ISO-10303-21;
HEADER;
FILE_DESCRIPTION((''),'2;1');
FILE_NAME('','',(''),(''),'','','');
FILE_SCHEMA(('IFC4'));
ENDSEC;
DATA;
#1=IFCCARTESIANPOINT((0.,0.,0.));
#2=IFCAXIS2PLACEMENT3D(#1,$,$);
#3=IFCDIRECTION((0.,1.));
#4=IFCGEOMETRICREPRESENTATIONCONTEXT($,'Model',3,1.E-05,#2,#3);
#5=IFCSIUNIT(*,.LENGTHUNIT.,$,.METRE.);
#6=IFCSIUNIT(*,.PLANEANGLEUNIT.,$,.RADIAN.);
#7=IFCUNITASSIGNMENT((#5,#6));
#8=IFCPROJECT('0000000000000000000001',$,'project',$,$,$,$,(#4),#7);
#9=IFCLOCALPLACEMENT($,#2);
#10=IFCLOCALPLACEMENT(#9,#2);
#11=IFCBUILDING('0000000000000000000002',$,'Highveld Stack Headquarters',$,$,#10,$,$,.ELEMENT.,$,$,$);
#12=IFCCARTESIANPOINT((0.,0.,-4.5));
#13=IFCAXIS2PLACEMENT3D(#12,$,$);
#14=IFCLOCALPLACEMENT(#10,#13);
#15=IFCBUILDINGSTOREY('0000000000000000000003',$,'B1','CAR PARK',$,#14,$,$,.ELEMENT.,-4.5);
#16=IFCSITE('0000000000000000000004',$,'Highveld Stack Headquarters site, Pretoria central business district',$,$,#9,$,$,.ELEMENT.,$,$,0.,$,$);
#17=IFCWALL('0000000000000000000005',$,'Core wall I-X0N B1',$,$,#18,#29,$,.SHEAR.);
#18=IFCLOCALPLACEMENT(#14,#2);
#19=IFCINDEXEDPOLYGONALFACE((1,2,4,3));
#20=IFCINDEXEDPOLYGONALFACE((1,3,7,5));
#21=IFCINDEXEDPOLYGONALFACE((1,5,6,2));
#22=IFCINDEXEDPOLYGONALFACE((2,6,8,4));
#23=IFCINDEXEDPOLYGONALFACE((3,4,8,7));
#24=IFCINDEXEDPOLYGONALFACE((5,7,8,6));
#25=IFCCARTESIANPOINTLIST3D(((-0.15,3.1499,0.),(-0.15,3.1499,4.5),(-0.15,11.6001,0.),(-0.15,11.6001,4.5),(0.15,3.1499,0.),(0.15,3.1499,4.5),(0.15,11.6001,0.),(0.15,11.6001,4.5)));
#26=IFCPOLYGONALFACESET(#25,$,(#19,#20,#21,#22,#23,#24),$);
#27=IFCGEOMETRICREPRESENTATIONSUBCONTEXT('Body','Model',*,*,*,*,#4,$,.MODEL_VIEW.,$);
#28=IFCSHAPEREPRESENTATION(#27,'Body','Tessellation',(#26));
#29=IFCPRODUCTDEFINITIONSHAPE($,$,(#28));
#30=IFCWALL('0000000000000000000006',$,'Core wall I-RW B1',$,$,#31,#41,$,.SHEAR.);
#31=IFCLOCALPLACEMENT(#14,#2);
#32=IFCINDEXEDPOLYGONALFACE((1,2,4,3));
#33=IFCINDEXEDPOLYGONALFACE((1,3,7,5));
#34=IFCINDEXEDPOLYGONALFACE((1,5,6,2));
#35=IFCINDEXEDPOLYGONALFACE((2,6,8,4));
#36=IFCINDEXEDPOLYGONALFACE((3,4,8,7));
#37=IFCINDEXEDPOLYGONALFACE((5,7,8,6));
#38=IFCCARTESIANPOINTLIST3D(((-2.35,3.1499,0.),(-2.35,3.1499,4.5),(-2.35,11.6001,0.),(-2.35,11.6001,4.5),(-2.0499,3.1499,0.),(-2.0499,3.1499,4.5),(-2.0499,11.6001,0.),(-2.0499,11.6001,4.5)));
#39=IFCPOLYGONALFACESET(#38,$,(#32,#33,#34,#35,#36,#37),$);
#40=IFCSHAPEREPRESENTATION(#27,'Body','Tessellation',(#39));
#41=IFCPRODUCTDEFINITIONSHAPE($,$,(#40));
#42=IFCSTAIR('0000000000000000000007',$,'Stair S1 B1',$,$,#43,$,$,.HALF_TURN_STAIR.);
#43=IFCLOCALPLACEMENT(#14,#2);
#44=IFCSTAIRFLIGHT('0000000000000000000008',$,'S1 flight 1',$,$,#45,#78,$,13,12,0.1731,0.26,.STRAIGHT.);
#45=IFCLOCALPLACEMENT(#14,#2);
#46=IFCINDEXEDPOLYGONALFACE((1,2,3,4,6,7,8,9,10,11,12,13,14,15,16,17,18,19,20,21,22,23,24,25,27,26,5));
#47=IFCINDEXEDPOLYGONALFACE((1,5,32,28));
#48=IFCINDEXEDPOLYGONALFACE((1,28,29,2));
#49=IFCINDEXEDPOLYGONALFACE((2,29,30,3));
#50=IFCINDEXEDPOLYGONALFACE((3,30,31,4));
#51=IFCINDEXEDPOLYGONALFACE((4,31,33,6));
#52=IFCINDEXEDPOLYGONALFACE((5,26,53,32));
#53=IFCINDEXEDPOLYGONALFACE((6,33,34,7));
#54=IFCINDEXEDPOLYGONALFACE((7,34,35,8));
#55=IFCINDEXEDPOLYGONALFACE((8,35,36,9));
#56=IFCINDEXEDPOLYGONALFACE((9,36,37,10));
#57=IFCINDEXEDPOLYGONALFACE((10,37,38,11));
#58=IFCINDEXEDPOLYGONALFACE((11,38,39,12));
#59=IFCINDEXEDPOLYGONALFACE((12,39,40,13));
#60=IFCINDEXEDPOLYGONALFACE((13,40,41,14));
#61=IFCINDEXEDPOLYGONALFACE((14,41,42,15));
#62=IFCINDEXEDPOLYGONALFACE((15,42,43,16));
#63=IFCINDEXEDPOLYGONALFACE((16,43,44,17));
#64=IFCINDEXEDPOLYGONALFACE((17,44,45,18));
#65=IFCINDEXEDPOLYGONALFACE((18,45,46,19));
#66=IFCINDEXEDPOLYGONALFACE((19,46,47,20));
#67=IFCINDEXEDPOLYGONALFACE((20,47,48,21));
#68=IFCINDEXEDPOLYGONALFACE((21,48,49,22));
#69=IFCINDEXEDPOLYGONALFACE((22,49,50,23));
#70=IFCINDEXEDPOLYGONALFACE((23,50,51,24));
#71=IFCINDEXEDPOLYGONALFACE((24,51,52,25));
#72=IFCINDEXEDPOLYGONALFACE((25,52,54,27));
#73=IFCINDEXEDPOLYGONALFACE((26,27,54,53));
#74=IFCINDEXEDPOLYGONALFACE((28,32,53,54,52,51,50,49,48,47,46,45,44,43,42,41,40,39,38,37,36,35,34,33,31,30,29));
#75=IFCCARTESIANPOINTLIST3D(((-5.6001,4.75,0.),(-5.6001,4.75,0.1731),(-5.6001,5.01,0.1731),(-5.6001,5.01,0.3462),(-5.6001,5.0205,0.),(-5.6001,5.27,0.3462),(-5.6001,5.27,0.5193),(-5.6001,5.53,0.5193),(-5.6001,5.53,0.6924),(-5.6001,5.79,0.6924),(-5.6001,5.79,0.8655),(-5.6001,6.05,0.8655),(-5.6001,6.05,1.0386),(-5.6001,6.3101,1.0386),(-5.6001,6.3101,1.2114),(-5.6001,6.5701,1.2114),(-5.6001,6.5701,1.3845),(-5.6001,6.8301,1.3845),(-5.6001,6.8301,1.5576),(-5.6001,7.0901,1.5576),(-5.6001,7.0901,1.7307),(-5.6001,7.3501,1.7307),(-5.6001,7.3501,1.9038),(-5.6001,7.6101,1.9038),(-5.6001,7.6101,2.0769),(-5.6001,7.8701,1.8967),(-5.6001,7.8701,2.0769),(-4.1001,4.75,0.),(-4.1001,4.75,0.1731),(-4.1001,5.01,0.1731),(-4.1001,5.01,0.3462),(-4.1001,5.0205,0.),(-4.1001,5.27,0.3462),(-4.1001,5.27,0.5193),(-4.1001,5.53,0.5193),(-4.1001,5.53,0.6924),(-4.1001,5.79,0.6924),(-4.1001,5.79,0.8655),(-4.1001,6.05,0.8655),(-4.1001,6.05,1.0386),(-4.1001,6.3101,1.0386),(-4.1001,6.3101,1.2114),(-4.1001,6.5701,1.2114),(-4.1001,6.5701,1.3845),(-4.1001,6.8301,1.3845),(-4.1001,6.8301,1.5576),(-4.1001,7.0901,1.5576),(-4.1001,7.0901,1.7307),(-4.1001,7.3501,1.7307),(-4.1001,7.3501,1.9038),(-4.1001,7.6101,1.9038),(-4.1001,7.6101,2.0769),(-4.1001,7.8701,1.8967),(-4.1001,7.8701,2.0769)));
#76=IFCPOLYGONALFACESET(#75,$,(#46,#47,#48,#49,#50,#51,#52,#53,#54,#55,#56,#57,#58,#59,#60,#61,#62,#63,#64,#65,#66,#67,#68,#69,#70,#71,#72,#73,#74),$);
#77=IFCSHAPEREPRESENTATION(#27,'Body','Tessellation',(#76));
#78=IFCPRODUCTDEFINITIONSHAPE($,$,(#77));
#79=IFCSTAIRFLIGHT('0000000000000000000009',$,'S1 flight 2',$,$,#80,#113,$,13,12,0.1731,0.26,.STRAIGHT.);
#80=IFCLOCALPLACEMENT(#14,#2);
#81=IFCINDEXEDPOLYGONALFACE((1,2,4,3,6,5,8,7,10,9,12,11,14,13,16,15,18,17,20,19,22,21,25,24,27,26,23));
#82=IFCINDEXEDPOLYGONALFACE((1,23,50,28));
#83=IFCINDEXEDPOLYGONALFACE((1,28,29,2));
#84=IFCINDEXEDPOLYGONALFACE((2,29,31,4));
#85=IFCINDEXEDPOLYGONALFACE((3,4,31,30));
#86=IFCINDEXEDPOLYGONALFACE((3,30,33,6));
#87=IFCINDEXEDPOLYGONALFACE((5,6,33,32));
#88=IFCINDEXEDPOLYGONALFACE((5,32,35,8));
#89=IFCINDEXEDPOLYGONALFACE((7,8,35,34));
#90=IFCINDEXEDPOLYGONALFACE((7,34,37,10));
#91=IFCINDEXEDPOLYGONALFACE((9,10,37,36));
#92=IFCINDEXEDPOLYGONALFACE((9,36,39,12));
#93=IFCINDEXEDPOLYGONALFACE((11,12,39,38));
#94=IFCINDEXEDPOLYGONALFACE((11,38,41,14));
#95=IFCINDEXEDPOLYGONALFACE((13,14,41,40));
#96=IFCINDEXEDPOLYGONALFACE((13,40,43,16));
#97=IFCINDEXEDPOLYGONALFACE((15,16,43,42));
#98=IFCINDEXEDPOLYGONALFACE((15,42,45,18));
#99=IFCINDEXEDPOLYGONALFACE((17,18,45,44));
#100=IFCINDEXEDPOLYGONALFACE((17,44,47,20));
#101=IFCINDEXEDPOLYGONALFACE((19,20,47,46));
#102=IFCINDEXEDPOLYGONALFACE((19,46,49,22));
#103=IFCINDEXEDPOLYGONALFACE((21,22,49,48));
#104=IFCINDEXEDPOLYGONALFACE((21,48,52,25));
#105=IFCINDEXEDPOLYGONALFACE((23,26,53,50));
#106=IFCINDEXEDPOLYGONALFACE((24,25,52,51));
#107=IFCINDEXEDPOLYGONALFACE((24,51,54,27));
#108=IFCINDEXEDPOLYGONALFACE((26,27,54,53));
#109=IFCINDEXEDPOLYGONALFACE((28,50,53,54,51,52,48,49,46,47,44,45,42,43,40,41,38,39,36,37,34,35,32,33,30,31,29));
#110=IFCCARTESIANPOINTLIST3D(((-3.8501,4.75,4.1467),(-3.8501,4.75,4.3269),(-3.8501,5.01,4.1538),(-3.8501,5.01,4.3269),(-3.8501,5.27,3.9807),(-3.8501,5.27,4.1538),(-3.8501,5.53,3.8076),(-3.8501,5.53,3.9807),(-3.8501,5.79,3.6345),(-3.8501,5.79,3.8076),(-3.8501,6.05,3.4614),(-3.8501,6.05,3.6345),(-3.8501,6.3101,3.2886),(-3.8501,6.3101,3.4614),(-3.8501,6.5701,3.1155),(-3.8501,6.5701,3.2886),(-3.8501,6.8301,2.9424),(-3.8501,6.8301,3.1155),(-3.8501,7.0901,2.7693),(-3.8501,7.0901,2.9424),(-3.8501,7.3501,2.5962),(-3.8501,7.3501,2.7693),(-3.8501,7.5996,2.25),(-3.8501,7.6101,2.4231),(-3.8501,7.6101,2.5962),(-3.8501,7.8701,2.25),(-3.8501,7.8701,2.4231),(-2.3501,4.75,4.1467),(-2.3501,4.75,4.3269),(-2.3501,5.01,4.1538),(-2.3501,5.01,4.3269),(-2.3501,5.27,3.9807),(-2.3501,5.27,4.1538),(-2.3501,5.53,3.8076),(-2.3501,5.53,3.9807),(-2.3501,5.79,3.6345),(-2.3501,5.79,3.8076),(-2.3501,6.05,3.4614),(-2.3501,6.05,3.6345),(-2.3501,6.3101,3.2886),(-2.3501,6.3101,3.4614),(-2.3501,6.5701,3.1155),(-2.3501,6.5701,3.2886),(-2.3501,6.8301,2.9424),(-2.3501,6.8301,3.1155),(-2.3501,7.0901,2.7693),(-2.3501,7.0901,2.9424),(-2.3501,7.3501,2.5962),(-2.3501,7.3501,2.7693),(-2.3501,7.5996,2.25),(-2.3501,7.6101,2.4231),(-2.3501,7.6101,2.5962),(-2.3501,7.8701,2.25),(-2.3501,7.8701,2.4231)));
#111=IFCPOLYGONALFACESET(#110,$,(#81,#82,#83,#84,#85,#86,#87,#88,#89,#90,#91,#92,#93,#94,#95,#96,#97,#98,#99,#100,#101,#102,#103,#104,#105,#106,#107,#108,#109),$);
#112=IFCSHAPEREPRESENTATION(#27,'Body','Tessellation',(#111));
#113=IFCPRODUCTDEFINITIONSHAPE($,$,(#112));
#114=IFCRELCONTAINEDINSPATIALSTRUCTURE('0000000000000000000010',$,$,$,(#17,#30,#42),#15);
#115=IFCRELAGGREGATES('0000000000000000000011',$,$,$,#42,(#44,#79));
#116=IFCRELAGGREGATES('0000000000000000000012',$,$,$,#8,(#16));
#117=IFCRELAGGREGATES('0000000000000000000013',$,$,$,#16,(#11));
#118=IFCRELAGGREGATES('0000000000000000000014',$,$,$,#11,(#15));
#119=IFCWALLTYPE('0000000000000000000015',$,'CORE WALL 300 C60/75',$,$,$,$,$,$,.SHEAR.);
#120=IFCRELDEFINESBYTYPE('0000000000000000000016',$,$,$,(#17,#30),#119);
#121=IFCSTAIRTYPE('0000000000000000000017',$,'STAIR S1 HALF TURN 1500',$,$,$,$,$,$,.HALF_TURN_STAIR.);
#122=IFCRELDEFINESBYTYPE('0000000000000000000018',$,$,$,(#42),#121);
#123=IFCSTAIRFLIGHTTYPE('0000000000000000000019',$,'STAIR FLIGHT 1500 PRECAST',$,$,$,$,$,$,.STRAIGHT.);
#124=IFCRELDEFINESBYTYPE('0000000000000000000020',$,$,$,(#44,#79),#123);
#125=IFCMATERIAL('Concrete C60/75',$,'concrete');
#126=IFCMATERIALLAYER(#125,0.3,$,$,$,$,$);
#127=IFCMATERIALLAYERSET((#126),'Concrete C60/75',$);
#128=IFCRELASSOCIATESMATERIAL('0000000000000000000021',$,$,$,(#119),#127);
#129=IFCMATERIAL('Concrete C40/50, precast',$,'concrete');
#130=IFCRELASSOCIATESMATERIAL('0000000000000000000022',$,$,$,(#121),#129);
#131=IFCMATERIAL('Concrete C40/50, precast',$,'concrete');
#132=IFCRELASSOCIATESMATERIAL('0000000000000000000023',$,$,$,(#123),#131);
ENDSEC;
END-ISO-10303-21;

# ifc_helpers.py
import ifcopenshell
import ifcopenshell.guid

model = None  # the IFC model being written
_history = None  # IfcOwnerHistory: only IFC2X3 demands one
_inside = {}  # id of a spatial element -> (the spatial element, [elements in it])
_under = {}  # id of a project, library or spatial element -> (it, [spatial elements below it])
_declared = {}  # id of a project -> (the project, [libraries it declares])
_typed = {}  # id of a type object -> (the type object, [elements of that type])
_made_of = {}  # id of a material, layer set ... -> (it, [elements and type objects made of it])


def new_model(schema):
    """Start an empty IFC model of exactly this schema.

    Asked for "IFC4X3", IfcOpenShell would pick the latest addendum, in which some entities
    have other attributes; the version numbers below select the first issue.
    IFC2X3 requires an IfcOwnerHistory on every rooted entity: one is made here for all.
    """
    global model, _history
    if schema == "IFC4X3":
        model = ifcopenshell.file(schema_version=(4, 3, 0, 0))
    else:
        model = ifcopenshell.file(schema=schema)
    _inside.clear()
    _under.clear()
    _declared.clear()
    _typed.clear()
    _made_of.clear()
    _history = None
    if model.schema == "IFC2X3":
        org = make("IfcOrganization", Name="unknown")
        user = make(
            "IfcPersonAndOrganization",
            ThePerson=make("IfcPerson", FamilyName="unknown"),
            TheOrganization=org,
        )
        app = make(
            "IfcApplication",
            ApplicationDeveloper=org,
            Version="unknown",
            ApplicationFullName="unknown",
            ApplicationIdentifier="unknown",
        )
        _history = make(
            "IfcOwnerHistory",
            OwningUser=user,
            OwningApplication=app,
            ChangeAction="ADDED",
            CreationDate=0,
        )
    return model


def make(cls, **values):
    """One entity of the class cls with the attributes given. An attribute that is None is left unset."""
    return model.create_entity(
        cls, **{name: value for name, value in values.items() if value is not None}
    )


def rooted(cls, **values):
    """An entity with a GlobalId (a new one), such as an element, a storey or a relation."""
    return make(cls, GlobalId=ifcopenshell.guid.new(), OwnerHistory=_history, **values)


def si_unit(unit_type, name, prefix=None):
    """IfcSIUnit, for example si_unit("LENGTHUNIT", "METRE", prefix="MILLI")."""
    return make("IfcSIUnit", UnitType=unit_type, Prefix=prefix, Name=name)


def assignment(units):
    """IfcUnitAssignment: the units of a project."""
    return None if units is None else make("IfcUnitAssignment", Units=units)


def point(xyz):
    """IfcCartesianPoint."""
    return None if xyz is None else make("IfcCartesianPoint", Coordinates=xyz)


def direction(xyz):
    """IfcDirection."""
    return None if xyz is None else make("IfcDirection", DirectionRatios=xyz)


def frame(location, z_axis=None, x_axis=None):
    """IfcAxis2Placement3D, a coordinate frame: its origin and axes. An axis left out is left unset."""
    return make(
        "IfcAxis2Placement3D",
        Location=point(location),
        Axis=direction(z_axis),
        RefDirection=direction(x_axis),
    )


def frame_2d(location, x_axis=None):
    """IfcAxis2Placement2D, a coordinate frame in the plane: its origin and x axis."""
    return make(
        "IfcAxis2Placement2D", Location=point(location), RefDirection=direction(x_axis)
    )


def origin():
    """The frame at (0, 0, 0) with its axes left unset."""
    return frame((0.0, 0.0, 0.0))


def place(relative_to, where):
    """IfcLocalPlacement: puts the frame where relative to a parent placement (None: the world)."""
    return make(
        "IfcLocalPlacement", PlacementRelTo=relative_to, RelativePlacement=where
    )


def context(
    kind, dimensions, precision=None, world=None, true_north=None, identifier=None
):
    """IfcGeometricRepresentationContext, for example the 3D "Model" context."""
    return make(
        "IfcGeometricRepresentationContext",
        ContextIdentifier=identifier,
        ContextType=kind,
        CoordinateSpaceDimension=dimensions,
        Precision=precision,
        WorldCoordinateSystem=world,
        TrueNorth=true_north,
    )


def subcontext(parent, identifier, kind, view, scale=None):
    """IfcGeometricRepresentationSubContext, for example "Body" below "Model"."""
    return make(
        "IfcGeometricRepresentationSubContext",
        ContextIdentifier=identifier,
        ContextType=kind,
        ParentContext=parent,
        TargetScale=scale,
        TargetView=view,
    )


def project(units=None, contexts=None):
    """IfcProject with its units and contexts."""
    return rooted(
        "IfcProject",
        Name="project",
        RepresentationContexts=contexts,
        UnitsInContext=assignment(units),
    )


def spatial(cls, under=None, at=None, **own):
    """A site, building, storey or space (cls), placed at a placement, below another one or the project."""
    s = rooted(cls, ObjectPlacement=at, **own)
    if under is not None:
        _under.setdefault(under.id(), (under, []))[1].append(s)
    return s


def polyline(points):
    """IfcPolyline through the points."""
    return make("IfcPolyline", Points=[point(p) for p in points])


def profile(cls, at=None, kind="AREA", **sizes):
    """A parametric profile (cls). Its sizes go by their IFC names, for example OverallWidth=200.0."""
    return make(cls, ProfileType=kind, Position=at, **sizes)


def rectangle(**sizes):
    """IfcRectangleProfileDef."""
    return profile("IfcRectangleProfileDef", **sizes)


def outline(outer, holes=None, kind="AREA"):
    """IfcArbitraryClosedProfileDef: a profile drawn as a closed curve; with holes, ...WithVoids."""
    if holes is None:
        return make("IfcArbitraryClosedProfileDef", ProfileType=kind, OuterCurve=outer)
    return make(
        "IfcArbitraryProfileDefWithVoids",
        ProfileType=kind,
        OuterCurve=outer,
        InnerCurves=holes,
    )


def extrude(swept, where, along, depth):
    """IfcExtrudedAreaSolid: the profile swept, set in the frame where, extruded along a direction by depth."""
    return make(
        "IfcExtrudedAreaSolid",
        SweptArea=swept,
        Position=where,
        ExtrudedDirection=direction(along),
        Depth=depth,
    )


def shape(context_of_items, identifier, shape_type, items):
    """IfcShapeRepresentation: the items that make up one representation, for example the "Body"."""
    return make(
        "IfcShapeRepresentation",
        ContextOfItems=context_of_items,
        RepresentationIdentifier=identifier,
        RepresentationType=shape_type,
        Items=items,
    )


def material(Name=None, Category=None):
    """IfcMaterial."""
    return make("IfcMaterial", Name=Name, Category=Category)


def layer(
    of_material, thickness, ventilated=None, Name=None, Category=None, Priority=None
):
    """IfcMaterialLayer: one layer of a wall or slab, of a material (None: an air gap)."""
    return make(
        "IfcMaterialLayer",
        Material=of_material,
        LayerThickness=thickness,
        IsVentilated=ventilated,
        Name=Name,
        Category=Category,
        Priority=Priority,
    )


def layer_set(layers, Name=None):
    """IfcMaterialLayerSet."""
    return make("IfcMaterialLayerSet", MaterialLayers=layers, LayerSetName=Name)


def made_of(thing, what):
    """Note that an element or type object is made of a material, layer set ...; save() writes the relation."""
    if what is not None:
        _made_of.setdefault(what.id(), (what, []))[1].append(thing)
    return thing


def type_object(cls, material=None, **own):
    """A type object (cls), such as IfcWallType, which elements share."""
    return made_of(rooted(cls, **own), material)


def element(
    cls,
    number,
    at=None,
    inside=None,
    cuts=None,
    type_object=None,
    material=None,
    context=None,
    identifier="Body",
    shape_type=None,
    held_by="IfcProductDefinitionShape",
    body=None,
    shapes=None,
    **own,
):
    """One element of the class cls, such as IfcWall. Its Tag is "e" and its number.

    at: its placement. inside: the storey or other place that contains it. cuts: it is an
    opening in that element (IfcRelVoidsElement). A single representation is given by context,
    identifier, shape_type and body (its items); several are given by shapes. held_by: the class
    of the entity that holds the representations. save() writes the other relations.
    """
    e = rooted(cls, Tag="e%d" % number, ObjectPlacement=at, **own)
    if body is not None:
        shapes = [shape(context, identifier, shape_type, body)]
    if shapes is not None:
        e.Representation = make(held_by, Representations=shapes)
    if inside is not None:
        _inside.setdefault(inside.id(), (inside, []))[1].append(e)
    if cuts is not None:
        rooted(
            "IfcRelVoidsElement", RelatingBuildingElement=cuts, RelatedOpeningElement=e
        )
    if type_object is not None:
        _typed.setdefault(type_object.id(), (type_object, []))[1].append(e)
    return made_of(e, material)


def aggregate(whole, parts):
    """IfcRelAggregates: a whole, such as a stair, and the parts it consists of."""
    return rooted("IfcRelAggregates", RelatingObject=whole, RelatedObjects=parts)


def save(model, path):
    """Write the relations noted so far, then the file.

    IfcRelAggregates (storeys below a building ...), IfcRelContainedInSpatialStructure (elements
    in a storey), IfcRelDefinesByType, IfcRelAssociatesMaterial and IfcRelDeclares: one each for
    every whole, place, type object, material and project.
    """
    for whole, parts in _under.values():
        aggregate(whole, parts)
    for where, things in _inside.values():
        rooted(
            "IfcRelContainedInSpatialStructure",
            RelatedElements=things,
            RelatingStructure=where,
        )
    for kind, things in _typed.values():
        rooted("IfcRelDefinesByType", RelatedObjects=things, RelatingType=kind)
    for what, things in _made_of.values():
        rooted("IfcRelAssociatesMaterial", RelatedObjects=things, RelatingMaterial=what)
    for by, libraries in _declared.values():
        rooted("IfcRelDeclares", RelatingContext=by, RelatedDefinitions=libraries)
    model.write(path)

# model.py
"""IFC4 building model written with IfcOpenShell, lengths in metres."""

from ifc_helpers import new_model, si_unit, direction, frame, frame_2d, origin, place, context, subcontext, project, spatial, polyline, rectangle, outline, extrude, material, layer, layer_set, type_object, element, aggregate, save


model = new_model("IFC4")

# Units and contexts
model_context = context("Model", 3, precision=1e-05, world=origin(), true_north=direction((0.0, 1.0)))
body_context = subcontext(model_context, "Body", "Model", "MODEL_VIEW")
ifc_project = project(units=[si_unit("LENGTHUNIT", "METRE"), si_unit("PLANEANGLEUNIT", "RADIAN")], contexts=[model_context])

# Site, building, storey
site_placement = place(None, origin())
site = spatial("IfcSite", under=ifc_project, at=site_placement, Name="Highveld Stack Headquarters site, Pretoria central business district", CompositionType="ELEMENT", RefElevation=0.0)
building_placement = place(site_placement, origin())
building = spatial("IfcBuilding", under=site, at=building_placement, Name="Highveld Stack Headquarters", CompositionType="ELEMENT")
storey_placement = place(building_placement, frame((0.0, 0.0, -4.5)))
storey = spatial("IfcBuildingStorey", under=building, at=storey_placement, Name="B1", Description="CAR PARK", CompositionType="ELEMENT", Elevation=-4.5)

# Shared definitions
ifc_material_1 = material(Name="Concrete C60/75", Category="concrete")
ifc_layer_1 = layer(ifc_material_1, 0.3)
ifc_layer_set_1 = layer_set([ifc_layer_1], Name="Concrete C60/75")
wall_type = type_object("IfcWallType", Name="CORE WALL 300 C60/75", PredefinedType="SHEAR", material=ifc_layer_set_1)

# Walls
for number, where, z_axis, x_axis, name in (
    (1, (0.0, 3.1499, 0.0), (0.0, 0.0, 1.0), (0.0, 1.0, 0.0), "Core wall I-X0N B1"),
    (2, (-2.2, 3.1499, 0.0), (0.0, 0.0, 1.0), (0.0, 1.0, 0.0), "Core wall I-RW B1"),
):
    element("IfcWall", number, at=place(storey_placement, frame(where, z_axis=z_axis, x_axis=x_axis)), inside=storey, type_object=wall_type, Name=name, PredefinedType="SHEAR", context=body_context, shape_type="SweptSolid", body=[
        extrude(rectangle(XDim=8.4502, YDim=0.3, at=frame_2d((4.2251, 0.0))), origin(), (0.0, 0.0, 1.0), 4.5),
    ])

# Stair, stair flights
ifc_material_2 = material(Name="Concrete C40/50, precast", Category="concrete")
stair_type_1 = type_object("IfcStairType", Name="STAIR S1 HALF TURN 1500", PredefinedType="HALF_TURN_STAIR", material=ifc_material_2)
stair_1_placement = place(storey_placement, origin())
stair_1 = element("IfcStair", 3, at=stair_1_placement, inside=storey, type_object=stair_type_1, Name="Stair S1 B1", PredefinedType="HALF_TURN_STAIR")
ifc_material_3 = material(Name="Concrete C40/50, precast", Category="concrete")
stair_flight_type = type_object("IfcStairFlightType", Name="STAIR FLIGHT 1500 PRECAST", PredefinedType="STRAIGHT", material=ifc_material_3)
stair_flight_1_placement = place(storey_placement, frame((-4.8501, 4.75, 0.0), z_axis=(0.0, 0.0, 1.0), x_axis=(0.0, 1.0, 0.0)))
stair_flight_1 = element("IfcStairFlight", 4, at=stair_flight_1_placement, type_object=stair_flight_type, Name="S1 flight 1", NumberOfRisers=13, NumberOfTreads=12, PredefinedType="STRAIGHT", RiserHeight=0.1731, TreadLength=0.26, context=body_context, shape_type="SweptSolid", body=[
    extrude(outline(polyline([(0.0, 0.0), (0.0, 0.1731), (0.26, 0.1731), (0.26, 0.3462), (0.52, 0.3462), (0.52, 0.5193), (0.78, 0.5193), (0.78, 0.6924), (1.04, 0.6924), (1.04, 0.8655), (1.3, 0.8655), (1.3, 1.0386), (1.5601, 1.0386), (1.5601, 1.2114), (1.8201, 1.2114), (1.8201, 1.3845), (2.0801, 1.3845), (2.0801, 1.5576), (2.3401, 1.5576), (2.3401, 1.7307), (2.6001, 1.7307), (2.6001, 1.9038), (2.8601, 1.9038), (2.8601, 2.0769), (3.1201, 2.0769), (3.1201, 2.25), (3.1201, 1.8967), (0.2705, 0.0), (0.0, 0.0)])), frame((0.0, 0.75, 0.0), z_axis=(0.0, -1.0, 0.0), x_axis=(1.0, 0.0, 0.0)), (0.0, 0.0, 1.0), 1.5),
])
stair_flight_2_placement = place(storey_placement, frame((-3.1001, 7.8701, 2.25), z_axis=(0.0, 0.0, 1.0), x_axis=(0.0, -1.0, 0.0)))
stair_flight_2 = element("IfcStairFlight", 5, at=stair_flight_2_placement, type_object=stair_flight_type, Name="S1 flight 2", NumberOfRisers=13, NumberOfTreads=12, PredefinedType="STRAIGHT", RiserHeight=0.1731, TreadLength=0.26, context=body_context, shape_type="SweptSolid", body=[
    extrude(outline(polyline([(0.0, 0.0), (0.0, 0.1731), (0.26, 0.1731), (0.26, 0.3462), (0.52, 0.3462), (0.52, 0.5193), (0.78, 0.5193), (0.78, 0.6924), (1.04, 0.6924), (1.04, 0.8655), (1.3, 0.8655), (1.3, 1.0386), (1.5601, 1.0386), (1.5601, 1.2114), (1.8201, 1.2114), (1.8201, 1.3845), (2.0801, 1.3845), (2.0801, 1.5576), (2.3401, 1.5576), (2.3401, 1.7307), (2.6001, 1.7307), (2.6001, 1.9038), (2.8601, 1.9038), (2.8601, 2.0769), (3.1201, 2.0769), (3.1201, 2.25), (3.1201, 1.8967), (0.2705, 0.0), (0.0, 0.0)])), frame((0.0, 0.75, 0.0), z_axis=(0.0, -1.0, 0.0), x_axis=(1.0, 0.0, 0.0)), (0.0, 0.0, 1.0), 1.5),
])
aggregate(stair_1, [stair_flight_1, stair_flight_2])

save(model, "model.ifc")
